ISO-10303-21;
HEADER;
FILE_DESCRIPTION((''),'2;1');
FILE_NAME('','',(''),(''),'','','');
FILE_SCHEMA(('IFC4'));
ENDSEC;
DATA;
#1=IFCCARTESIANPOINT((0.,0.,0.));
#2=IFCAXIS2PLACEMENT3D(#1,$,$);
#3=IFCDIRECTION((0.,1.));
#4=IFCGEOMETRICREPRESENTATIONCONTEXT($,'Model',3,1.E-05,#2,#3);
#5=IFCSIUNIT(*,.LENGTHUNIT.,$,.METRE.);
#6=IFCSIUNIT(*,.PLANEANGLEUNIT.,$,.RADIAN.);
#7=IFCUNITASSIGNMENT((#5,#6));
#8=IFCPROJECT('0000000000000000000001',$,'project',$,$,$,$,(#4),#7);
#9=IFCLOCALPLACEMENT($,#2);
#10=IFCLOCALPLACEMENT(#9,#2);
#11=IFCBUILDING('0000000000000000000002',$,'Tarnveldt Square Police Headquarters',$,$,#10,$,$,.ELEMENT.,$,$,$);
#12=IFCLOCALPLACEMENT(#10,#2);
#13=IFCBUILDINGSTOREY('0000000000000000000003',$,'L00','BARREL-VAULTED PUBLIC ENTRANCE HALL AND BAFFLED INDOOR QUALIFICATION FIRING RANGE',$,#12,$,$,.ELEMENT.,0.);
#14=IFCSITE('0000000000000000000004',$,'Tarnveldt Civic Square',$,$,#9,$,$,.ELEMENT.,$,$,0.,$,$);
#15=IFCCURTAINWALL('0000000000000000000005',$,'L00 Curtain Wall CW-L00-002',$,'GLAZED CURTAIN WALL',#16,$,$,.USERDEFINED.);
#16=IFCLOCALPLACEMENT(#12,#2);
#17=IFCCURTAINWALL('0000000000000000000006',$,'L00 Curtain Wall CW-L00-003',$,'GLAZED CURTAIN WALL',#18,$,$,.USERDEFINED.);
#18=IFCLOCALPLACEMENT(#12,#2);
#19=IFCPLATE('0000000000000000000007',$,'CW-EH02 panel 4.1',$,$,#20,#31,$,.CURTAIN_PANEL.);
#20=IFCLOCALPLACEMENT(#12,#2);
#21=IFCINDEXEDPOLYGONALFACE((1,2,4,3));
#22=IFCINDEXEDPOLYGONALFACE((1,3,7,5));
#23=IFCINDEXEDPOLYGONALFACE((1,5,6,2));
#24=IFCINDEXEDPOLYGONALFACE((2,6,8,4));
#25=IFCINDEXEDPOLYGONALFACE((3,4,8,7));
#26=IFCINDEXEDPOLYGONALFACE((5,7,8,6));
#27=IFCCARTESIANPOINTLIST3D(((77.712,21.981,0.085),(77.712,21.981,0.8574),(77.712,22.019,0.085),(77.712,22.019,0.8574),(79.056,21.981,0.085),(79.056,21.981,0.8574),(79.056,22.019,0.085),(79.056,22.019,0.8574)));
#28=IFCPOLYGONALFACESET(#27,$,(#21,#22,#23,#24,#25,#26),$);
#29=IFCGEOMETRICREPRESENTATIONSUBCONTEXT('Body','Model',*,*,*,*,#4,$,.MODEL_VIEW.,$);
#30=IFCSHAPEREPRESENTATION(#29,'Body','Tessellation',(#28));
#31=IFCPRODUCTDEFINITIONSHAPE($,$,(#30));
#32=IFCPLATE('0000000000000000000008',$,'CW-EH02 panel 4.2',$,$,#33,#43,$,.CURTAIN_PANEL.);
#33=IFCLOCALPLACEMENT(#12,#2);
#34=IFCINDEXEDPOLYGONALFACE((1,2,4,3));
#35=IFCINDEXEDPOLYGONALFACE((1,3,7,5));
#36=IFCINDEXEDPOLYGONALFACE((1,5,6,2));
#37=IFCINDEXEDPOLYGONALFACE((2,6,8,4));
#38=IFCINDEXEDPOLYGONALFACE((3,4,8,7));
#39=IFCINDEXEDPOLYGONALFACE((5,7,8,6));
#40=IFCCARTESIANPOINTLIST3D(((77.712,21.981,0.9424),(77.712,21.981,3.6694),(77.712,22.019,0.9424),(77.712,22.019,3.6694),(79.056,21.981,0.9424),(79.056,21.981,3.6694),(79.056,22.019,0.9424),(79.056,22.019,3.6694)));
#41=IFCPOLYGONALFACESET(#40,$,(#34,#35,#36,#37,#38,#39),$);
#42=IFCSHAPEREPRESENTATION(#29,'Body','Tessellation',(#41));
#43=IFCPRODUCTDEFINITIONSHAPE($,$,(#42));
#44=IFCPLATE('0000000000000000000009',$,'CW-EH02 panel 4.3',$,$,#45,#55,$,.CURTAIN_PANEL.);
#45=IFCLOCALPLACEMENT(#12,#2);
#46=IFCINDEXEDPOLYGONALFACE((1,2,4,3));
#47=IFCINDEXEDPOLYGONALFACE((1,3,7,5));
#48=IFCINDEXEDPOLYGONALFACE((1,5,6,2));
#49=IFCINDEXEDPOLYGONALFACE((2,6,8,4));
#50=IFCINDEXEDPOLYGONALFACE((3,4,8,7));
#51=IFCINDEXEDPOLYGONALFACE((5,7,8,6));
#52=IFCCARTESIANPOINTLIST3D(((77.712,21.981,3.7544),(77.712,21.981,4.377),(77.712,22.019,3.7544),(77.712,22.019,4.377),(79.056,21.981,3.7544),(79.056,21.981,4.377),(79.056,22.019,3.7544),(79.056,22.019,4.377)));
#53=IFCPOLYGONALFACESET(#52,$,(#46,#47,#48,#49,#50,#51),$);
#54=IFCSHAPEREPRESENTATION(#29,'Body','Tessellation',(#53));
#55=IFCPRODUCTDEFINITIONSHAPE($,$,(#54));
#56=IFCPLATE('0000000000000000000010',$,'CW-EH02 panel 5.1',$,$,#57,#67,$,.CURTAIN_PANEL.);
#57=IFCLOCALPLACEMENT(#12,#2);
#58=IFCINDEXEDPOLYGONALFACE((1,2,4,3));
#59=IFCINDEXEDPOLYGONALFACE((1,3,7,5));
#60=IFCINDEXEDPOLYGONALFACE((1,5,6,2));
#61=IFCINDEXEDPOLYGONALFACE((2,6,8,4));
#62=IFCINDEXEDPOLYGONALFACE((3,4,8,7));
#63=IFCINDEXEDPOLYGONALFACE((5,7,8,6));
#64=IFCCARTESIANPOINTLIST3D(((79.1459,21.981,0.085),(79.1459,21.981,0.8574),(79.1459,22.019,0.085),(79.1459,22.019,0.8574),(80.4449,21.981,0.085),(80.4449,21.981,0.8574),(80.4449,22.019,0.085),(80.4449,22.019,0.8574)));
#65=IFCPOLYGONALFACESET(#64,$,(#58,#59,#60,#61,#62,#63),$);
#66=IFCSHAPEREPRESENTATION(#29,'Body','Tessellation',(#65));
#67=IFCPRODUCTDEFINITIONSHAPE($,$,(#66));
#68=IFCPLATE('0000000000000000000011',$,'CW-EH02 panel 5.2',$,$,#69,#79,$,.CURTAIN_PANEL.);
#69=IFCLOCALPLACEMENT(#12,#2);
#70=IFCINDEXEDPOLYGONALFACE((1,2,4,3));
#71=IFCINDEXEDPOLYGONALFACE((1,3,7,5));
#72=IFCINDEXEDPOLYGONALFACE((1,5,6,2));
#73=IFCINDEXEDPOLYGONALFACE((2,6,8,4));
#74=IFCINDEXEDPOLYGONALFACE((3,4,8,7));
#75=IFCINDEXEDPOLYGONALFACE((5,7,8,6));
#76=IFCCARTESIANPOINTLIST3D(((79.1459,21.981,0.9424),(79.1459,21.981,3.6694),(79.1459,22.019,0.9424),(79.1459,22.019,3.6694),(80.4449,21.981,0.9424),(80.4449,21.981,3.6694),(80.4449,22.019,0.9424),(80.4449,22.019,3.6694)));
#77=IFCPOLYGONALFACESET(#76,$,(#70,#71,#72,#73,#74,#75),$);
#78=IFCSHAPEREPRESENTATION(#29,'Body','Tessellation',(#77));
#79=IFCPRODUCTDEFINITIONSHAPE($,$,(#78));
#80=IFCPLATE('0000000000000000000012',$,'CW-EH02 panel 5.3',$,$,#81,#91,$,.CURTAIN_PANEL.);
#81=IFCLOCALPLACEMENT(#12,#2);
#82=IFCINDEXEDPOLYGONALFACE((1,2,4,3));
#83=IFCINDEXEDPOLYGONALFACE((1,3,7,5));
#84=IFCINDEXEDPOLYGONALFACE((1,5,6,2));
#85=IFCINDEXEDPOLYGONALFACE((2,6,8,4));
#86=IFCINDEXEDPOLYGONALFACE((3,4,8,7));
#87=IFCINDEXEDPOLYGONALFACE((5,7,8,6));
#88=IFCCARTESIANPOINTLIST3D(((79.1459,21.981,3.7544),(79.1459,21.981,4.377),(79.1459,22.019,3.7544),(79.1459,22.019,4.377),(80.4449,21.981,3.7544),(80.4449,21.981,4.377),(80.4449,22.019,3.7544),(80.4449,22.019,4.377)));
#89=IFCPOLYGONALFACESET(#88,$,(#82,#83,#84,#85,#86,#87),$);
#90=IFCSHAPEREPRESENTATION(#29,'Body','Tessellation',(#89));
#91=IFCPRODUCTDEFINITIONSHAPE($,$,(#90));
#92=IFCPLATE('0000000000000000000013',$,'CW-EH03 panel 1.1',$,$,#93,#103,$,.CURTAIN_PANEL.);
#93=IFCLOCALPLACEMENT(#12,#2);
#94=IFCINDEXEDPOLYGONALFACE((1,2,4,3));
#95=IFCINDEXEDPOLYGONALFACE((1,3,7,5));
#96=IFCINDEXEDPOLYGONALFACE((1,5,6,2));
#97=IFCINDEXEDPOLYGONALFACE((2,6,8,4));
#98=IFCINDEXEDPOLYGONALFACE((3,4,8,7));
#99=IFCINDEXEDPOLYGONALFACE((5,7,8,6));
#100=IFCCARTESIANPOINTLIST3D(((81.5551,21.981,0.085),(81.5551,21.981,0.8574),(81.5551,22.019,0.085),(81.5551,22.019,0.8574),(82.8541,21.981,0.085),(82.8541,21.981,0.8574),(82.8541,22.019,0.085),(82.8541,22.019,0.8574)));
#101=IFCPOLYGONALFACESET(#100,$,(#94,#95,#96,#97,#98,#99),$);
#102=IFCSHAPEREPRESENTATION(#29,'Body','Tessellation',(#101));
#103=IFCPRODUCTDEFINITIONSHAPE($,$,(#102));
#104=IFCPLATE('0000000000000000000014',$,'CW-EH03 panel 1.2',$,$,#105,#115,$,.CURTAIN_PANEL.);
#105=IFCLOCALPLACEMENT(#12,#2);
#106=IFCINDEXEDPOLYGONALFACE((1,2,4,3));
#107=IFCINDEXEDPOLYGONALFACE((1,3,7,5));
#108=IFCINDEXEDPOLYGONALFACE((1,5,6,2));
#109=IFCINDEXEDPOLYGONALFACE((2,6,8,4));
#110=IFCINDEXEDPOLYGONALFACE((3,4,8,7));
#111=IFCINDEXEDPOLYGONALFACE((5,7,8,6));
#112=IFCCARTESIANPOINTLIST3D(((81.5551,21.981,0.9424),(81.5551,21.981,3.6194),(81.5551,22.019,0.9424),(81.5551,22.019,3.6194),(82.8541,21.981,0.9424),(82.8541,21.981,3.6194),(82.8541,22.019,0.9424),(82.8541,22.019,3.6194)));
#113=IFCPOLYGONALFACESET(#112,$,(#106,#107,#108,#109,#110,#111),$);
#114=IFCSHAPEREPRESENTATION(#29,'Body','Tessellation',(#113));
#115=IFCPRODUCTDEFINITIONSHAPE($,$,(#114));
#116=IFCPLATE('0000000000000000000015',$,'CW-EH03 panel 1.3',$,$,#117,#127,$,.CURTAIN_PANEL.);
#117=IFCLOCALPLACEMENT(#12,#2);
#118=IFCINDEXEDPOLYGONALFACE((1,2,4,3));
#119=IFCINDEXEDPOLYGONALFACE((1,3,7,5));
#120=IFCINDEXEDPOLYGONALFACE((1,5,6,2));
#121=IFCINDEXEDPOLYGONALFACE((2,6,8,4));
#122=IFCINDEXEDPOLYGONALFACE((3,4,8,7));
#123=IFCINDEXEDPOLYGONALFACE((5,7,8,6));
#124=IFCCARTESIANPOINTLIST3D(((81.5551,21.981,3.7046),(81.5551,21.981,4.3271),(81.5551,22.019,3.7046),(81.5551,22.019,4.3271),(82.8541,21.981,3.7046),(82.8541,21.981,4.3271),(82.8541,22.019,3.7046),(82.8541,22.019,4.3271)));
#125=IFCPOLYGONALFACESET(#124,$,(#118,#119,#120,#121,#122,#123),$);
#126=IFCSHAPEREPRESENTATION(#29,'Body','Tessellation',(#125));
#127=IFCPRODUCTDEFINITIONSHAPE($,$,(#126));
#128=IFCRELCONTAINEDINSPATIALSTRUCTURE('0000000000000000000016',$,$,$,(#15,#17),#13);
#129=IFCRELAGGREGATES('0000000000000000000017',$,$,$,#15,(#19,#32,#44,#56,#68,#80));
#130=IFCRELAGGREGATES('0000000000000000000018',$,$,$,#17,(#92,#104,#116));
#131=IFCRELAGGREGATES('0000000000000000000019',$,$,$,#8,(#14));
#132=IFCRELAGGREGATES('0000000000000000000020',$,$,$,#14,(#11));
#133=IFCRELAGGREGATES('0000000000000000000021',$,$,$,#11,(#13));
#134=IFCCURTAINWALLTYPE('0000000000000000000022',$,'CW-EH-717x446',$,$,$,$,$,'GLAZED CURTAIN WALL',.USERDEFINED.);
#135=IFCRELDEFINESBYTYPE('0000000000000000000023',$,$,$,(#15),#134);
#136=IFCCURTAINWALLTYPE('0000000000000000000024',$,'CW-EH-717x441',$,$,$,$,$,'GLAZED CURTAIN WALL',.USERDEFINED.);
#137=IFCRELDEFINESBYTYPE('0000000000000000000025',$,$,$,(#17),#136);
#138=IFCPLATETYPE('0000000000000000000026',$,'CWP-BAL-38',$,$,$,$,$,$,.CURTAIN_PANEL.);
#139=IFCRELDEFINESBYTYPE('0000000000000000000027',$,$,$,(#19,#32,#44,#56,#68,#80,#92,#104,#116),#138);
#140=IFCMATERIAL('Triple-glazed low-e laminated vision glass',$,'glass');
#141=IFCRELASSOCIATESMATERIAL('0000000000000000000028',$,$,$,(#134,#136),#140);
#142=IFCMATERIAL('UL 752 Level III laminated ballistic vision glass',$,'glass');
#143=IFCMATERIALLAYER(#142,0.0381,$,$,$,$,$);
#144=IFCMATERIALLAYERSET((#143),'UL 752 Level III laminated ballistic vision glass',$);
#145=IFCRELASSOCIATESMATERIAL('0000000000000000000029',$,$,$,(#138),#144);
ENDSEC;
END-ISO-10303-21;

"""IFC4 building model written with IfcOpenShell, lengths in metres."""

from ifc_helpers import new_model, si_unit, direction, frame, origin, origin_2d, place, context, subcontext, project, spatial, rectangle, extrude, material, layer, layer_set, type_object, element, aggregate, save


model = new_model("IFC4")

# Units and contexts
model_context = context("Model", 3, precision=1e-05, world=origin(), true_north=direction((0.0, 1.0)))
body_context = subcontext(model_context, "Body", "Model", "MODEL_VIEW")
ifc_project = project(units=[si_unit("LENGTHUNIT", "METRE"), si_unit("PLANEANGLEUNIT", "RADIAN")], contexts=[model_context])

# Site, building, storey
site_placement = place(None, origin())
site = spatial("IfcSite", under=ifc_project, at=site_placement, Name="Tarnveldt Civic Square", CompositionType="ELEMENT", RefElevation=0.0)
building_placement = place(site_placement, origin())
building = spatial("IfcBuilding", under=site, at=building_placement, Name="Tarnveldt Square Police Headquarters", CompositionType="ELEMENT")
storey_placement = place(building_placement, origin())
storey = spatial("IfcBuildingStorey", under=building, at=storey_placement, Name="L00", Description="BARREL-VAULTED PUBLIC ENTRANCE HALL AND BAFFLED INDOOR QUALIFICATION FIRING RANGE", CompositionType="ELEMENT", Elevation=0.0)

# Curtain walls
ifc_material_1 = material(Name="Triple-glazed low-e laminated vision glass", Category="glass")
curtain_wall_type_1 = type_object("IfcCurtainWallType", Name="CW-EH-717x446", ElementType="GLAZED CURTAIN WALL", PredefinedType="USERDEFINED", material=ifc_material_1)
curtain_wall_1_placement = place(storey_placement, origin())
curtain_wall_1 = element("IfcCurtainWall", 1, at=curtain_wall_1_placement, inside=storey, type_object=curtain_wall_type_1, Name="L00 Curtain Wall CW-L00-002", ObjectType="GLAZED CURTAIN WALL", PredefinedType="USERDEFINED")
curtain_wall_type_2 = type_object("IfcCurtainWallType", Name="CW-EH-717x441", ElementType="GLAZED CURTAIN WALL", PredefinedType="USERDEFINED", material=ifc_material_1)
curtain_wall_2_placement = place(storey_placement, origin())
curtain_wall_2 = element("IfcCurtainWall", 2, at=curtain_wall_2_placement, inside=storey, type_object=curtain_wall_type_2, Name="L00 Curtain Wall CW-L00-003", ObjectType="GLAZED CURTAIN WALL", PredefinedType="USERDEFINED")

# Plates
ifc_material_2 = material(Name="UL 752 Level III laminated ballistic vision glass", Category="glass")
ifc_layer = layer(ifc_material_2, 0.0381)
ifc_layer_set = layer_set([ifc_layer], Name="UL 752 Level III laminated ballistic vision glass")
plate_type = type_object("IfcPlateType", Name="CWP-BAL-38", PredefinedType="CURTAIN_PANEL", material=ifc_layer_set)
plate_1_placement = place(storey_placement, frame((78.384, 22.0, 0.085), z_axis=(0.0, 0.0, 1.0), x_axis=(1.0, 0.0, 0.0)))
plate_1 = element("IfcPlate", 3, at=plate_1_placement, type_object=plate_type, Name="CW-EH02 panel 4.1", PredefinedType="CURTAIN_PANEL", context=body_context, shape_type="SweptSolid", body=[
    extrude(rectangle(XDim=1.344, YDim=0.0381, at=origin_2d()), origin(), (0.0, 0.0, 1.0), 0.7725),
])
plate_2_placement = place(storey_placement, frame((78.384, 22.0, 0.9424), z_axis=(0.0, 0.0, 1.0), x_axis=(1.0, 0.0, 0.0)))
plate_2 = element("IfcPlate", 4, at=plate_2_placement, type_object=plate_type, Name="CW-EH02 panel 4.2", PredefinedType="CURTAIN_PANEL", context=body_context, shape_type="SweptSolid", body=[
    extrude(rectangle(XDim=1.344, YDim=0.0381, at=origin_2d()), origin(), (0.0, 0.0, 1.0), 2.7271),
])
plate_3_placement = place(storey_placement, frame((78.384, 22.0, 3.7544), z_axis=(0.0, 0.0, 1.0), x_axis=(1.0, 0.0, 0.0)))
plate_3 = element("IfcPlate", 5, at=plate_3_placement, type_object=plate_type, Name="CW-EH02 panel 4.3", PredefinedType="CURTAIN_PANEL", context=body_context, shape_type="SweptSolid", body=[
    extrude(rectangle(XDim=1.344, YDim=0.0381, at=origin_2d()), origin(), (0.0, 0.0, 1.0), 0.6226),
])
plate_4_placement = place(storey_placement, frame((79.7954, 22.0, 0.085), z_axis=(0.0, 0.0, 1.0), x_axis=(1.0, 0.0, 0.0)))
plate_4 = element("IfcPlate", 6, at=plate_4_placement, type_object=plate_type, Name="CW-EH02 panel 5.1", PredefinedType="CURTAIN_PANEL", context=body_context, shape_type="SweptSolid", body=[
    extrude(rectangle(XDim=1.2991, YDim=0.0381, at=origin_2d()), origin(), (0.0, 0.0, 1.0), 0.7725),
])
plate_5_placement = place(storey_placement, frame((79.7954, 22.0, 0.9424), z_axis=(0.0, 0.0, 1.0), x_axis=(1.0, 0.0, 0.0)))
plate_5 = element("IfcPlate", 7, at=plate_5_placement, type_object=plate_type, Name="CW-EH02 panel 5.2", PredefinedType="CURTAIN_PANEL", context=body_context, shape_type="SweptSolid", body=[
    extrude(rectangle(XDim=1.2991, YDim=0.0381, at=origin_2d()), origin(), (0.0, 0.0, 1.0), 2.7271),
])
plate_6_placement = place(storey_placement, frame((79.7954, 22.0, 3.7544), z_axis=(0.0, 0.0, 1.0), x_axis=(1.0, 0.0, 0.0)))
plate_6 = element("IfcPlate", 8, at=plate_6_placement, type_object=plate_type, Name="CW-EH02 panel 5.3", PredefinedType="CURTAIN_PANEL", context=body_context, shape_type="SweptSolid", body=[
    extrude(rectangle(XDim=1.2991, YDim=0.0381, at=origin_2d()), origin(), (0.0, 0.0, 1.0), 0.6226),
])
aggregate(curtain_wall_1, [plate_1, plate_2, plate_3, plate_4, plate_5, plate_6])
plate_7_placement = place(storey_placement, frame((82.2046, 22.0, 0.085), z_axis=(0.0, 0.0, 1.0), x_axis=(1.0, 0.0, 0.0)))
plate_7 = element("IfcPlate", 9, at=plate_7_placement, type_object=plate_type, Name="CW-EH03 panel 1.1", PredefinedType="CURTAIN_PANEL", context=body_context, shape_type="SweptSolid", body=[
    extrude(rectangle(XDim=1.2991, YDim=0.0381, at=origin_2d()), origin(), (0.0, 0.0, 1.0), 0.7725),
])
plate_8_placement = place(storey_placement, frame((82.2046, 22.0, 0.9424), z_axis=(0.0, 0.0, 1.0), x_axis=(1.0, 0.0, 0.0)))
plate_8 = element("IfcPlate", 10, at=plate_8_placement, type_object=plate_type, Name="CW-EH03 panel 1.2", PredefinedType="CURTAIN_PANEL", context=body_context, shape_type="SweptSolid", body=[
    extrude(rectangle(XDim=1.2991, YDim=0.0381, at=origin_2d()), origin(), (0.0, 0.0, 1.0), 2.677),
])
plate_9_placement = place(storey_placement, frame((82.2046, 22.0, 3.7046), z_axis=(0.0, 0.0, 1.0), x_axis=(1.0, 0.0, 0.0)))
plate_9 = element("IfcPlate", 11, at=plate_9_placement, type_object=plate_type, Name="CW-EH03 panel 1.3", PredefinedType="CURTAIN_PANEL", context=body_context, shape_type="SweptSolid", body=[
    extrude(rectangle(XDim=1.2991, YDim=0.0381, at=origin_2d()), origin(), (0.0, 0.0, 1.0), 0.6226),
])
aggregate(curtain_wall_2, [plate_7, plate_8, plate_9])

save(model, "model.ifc")
